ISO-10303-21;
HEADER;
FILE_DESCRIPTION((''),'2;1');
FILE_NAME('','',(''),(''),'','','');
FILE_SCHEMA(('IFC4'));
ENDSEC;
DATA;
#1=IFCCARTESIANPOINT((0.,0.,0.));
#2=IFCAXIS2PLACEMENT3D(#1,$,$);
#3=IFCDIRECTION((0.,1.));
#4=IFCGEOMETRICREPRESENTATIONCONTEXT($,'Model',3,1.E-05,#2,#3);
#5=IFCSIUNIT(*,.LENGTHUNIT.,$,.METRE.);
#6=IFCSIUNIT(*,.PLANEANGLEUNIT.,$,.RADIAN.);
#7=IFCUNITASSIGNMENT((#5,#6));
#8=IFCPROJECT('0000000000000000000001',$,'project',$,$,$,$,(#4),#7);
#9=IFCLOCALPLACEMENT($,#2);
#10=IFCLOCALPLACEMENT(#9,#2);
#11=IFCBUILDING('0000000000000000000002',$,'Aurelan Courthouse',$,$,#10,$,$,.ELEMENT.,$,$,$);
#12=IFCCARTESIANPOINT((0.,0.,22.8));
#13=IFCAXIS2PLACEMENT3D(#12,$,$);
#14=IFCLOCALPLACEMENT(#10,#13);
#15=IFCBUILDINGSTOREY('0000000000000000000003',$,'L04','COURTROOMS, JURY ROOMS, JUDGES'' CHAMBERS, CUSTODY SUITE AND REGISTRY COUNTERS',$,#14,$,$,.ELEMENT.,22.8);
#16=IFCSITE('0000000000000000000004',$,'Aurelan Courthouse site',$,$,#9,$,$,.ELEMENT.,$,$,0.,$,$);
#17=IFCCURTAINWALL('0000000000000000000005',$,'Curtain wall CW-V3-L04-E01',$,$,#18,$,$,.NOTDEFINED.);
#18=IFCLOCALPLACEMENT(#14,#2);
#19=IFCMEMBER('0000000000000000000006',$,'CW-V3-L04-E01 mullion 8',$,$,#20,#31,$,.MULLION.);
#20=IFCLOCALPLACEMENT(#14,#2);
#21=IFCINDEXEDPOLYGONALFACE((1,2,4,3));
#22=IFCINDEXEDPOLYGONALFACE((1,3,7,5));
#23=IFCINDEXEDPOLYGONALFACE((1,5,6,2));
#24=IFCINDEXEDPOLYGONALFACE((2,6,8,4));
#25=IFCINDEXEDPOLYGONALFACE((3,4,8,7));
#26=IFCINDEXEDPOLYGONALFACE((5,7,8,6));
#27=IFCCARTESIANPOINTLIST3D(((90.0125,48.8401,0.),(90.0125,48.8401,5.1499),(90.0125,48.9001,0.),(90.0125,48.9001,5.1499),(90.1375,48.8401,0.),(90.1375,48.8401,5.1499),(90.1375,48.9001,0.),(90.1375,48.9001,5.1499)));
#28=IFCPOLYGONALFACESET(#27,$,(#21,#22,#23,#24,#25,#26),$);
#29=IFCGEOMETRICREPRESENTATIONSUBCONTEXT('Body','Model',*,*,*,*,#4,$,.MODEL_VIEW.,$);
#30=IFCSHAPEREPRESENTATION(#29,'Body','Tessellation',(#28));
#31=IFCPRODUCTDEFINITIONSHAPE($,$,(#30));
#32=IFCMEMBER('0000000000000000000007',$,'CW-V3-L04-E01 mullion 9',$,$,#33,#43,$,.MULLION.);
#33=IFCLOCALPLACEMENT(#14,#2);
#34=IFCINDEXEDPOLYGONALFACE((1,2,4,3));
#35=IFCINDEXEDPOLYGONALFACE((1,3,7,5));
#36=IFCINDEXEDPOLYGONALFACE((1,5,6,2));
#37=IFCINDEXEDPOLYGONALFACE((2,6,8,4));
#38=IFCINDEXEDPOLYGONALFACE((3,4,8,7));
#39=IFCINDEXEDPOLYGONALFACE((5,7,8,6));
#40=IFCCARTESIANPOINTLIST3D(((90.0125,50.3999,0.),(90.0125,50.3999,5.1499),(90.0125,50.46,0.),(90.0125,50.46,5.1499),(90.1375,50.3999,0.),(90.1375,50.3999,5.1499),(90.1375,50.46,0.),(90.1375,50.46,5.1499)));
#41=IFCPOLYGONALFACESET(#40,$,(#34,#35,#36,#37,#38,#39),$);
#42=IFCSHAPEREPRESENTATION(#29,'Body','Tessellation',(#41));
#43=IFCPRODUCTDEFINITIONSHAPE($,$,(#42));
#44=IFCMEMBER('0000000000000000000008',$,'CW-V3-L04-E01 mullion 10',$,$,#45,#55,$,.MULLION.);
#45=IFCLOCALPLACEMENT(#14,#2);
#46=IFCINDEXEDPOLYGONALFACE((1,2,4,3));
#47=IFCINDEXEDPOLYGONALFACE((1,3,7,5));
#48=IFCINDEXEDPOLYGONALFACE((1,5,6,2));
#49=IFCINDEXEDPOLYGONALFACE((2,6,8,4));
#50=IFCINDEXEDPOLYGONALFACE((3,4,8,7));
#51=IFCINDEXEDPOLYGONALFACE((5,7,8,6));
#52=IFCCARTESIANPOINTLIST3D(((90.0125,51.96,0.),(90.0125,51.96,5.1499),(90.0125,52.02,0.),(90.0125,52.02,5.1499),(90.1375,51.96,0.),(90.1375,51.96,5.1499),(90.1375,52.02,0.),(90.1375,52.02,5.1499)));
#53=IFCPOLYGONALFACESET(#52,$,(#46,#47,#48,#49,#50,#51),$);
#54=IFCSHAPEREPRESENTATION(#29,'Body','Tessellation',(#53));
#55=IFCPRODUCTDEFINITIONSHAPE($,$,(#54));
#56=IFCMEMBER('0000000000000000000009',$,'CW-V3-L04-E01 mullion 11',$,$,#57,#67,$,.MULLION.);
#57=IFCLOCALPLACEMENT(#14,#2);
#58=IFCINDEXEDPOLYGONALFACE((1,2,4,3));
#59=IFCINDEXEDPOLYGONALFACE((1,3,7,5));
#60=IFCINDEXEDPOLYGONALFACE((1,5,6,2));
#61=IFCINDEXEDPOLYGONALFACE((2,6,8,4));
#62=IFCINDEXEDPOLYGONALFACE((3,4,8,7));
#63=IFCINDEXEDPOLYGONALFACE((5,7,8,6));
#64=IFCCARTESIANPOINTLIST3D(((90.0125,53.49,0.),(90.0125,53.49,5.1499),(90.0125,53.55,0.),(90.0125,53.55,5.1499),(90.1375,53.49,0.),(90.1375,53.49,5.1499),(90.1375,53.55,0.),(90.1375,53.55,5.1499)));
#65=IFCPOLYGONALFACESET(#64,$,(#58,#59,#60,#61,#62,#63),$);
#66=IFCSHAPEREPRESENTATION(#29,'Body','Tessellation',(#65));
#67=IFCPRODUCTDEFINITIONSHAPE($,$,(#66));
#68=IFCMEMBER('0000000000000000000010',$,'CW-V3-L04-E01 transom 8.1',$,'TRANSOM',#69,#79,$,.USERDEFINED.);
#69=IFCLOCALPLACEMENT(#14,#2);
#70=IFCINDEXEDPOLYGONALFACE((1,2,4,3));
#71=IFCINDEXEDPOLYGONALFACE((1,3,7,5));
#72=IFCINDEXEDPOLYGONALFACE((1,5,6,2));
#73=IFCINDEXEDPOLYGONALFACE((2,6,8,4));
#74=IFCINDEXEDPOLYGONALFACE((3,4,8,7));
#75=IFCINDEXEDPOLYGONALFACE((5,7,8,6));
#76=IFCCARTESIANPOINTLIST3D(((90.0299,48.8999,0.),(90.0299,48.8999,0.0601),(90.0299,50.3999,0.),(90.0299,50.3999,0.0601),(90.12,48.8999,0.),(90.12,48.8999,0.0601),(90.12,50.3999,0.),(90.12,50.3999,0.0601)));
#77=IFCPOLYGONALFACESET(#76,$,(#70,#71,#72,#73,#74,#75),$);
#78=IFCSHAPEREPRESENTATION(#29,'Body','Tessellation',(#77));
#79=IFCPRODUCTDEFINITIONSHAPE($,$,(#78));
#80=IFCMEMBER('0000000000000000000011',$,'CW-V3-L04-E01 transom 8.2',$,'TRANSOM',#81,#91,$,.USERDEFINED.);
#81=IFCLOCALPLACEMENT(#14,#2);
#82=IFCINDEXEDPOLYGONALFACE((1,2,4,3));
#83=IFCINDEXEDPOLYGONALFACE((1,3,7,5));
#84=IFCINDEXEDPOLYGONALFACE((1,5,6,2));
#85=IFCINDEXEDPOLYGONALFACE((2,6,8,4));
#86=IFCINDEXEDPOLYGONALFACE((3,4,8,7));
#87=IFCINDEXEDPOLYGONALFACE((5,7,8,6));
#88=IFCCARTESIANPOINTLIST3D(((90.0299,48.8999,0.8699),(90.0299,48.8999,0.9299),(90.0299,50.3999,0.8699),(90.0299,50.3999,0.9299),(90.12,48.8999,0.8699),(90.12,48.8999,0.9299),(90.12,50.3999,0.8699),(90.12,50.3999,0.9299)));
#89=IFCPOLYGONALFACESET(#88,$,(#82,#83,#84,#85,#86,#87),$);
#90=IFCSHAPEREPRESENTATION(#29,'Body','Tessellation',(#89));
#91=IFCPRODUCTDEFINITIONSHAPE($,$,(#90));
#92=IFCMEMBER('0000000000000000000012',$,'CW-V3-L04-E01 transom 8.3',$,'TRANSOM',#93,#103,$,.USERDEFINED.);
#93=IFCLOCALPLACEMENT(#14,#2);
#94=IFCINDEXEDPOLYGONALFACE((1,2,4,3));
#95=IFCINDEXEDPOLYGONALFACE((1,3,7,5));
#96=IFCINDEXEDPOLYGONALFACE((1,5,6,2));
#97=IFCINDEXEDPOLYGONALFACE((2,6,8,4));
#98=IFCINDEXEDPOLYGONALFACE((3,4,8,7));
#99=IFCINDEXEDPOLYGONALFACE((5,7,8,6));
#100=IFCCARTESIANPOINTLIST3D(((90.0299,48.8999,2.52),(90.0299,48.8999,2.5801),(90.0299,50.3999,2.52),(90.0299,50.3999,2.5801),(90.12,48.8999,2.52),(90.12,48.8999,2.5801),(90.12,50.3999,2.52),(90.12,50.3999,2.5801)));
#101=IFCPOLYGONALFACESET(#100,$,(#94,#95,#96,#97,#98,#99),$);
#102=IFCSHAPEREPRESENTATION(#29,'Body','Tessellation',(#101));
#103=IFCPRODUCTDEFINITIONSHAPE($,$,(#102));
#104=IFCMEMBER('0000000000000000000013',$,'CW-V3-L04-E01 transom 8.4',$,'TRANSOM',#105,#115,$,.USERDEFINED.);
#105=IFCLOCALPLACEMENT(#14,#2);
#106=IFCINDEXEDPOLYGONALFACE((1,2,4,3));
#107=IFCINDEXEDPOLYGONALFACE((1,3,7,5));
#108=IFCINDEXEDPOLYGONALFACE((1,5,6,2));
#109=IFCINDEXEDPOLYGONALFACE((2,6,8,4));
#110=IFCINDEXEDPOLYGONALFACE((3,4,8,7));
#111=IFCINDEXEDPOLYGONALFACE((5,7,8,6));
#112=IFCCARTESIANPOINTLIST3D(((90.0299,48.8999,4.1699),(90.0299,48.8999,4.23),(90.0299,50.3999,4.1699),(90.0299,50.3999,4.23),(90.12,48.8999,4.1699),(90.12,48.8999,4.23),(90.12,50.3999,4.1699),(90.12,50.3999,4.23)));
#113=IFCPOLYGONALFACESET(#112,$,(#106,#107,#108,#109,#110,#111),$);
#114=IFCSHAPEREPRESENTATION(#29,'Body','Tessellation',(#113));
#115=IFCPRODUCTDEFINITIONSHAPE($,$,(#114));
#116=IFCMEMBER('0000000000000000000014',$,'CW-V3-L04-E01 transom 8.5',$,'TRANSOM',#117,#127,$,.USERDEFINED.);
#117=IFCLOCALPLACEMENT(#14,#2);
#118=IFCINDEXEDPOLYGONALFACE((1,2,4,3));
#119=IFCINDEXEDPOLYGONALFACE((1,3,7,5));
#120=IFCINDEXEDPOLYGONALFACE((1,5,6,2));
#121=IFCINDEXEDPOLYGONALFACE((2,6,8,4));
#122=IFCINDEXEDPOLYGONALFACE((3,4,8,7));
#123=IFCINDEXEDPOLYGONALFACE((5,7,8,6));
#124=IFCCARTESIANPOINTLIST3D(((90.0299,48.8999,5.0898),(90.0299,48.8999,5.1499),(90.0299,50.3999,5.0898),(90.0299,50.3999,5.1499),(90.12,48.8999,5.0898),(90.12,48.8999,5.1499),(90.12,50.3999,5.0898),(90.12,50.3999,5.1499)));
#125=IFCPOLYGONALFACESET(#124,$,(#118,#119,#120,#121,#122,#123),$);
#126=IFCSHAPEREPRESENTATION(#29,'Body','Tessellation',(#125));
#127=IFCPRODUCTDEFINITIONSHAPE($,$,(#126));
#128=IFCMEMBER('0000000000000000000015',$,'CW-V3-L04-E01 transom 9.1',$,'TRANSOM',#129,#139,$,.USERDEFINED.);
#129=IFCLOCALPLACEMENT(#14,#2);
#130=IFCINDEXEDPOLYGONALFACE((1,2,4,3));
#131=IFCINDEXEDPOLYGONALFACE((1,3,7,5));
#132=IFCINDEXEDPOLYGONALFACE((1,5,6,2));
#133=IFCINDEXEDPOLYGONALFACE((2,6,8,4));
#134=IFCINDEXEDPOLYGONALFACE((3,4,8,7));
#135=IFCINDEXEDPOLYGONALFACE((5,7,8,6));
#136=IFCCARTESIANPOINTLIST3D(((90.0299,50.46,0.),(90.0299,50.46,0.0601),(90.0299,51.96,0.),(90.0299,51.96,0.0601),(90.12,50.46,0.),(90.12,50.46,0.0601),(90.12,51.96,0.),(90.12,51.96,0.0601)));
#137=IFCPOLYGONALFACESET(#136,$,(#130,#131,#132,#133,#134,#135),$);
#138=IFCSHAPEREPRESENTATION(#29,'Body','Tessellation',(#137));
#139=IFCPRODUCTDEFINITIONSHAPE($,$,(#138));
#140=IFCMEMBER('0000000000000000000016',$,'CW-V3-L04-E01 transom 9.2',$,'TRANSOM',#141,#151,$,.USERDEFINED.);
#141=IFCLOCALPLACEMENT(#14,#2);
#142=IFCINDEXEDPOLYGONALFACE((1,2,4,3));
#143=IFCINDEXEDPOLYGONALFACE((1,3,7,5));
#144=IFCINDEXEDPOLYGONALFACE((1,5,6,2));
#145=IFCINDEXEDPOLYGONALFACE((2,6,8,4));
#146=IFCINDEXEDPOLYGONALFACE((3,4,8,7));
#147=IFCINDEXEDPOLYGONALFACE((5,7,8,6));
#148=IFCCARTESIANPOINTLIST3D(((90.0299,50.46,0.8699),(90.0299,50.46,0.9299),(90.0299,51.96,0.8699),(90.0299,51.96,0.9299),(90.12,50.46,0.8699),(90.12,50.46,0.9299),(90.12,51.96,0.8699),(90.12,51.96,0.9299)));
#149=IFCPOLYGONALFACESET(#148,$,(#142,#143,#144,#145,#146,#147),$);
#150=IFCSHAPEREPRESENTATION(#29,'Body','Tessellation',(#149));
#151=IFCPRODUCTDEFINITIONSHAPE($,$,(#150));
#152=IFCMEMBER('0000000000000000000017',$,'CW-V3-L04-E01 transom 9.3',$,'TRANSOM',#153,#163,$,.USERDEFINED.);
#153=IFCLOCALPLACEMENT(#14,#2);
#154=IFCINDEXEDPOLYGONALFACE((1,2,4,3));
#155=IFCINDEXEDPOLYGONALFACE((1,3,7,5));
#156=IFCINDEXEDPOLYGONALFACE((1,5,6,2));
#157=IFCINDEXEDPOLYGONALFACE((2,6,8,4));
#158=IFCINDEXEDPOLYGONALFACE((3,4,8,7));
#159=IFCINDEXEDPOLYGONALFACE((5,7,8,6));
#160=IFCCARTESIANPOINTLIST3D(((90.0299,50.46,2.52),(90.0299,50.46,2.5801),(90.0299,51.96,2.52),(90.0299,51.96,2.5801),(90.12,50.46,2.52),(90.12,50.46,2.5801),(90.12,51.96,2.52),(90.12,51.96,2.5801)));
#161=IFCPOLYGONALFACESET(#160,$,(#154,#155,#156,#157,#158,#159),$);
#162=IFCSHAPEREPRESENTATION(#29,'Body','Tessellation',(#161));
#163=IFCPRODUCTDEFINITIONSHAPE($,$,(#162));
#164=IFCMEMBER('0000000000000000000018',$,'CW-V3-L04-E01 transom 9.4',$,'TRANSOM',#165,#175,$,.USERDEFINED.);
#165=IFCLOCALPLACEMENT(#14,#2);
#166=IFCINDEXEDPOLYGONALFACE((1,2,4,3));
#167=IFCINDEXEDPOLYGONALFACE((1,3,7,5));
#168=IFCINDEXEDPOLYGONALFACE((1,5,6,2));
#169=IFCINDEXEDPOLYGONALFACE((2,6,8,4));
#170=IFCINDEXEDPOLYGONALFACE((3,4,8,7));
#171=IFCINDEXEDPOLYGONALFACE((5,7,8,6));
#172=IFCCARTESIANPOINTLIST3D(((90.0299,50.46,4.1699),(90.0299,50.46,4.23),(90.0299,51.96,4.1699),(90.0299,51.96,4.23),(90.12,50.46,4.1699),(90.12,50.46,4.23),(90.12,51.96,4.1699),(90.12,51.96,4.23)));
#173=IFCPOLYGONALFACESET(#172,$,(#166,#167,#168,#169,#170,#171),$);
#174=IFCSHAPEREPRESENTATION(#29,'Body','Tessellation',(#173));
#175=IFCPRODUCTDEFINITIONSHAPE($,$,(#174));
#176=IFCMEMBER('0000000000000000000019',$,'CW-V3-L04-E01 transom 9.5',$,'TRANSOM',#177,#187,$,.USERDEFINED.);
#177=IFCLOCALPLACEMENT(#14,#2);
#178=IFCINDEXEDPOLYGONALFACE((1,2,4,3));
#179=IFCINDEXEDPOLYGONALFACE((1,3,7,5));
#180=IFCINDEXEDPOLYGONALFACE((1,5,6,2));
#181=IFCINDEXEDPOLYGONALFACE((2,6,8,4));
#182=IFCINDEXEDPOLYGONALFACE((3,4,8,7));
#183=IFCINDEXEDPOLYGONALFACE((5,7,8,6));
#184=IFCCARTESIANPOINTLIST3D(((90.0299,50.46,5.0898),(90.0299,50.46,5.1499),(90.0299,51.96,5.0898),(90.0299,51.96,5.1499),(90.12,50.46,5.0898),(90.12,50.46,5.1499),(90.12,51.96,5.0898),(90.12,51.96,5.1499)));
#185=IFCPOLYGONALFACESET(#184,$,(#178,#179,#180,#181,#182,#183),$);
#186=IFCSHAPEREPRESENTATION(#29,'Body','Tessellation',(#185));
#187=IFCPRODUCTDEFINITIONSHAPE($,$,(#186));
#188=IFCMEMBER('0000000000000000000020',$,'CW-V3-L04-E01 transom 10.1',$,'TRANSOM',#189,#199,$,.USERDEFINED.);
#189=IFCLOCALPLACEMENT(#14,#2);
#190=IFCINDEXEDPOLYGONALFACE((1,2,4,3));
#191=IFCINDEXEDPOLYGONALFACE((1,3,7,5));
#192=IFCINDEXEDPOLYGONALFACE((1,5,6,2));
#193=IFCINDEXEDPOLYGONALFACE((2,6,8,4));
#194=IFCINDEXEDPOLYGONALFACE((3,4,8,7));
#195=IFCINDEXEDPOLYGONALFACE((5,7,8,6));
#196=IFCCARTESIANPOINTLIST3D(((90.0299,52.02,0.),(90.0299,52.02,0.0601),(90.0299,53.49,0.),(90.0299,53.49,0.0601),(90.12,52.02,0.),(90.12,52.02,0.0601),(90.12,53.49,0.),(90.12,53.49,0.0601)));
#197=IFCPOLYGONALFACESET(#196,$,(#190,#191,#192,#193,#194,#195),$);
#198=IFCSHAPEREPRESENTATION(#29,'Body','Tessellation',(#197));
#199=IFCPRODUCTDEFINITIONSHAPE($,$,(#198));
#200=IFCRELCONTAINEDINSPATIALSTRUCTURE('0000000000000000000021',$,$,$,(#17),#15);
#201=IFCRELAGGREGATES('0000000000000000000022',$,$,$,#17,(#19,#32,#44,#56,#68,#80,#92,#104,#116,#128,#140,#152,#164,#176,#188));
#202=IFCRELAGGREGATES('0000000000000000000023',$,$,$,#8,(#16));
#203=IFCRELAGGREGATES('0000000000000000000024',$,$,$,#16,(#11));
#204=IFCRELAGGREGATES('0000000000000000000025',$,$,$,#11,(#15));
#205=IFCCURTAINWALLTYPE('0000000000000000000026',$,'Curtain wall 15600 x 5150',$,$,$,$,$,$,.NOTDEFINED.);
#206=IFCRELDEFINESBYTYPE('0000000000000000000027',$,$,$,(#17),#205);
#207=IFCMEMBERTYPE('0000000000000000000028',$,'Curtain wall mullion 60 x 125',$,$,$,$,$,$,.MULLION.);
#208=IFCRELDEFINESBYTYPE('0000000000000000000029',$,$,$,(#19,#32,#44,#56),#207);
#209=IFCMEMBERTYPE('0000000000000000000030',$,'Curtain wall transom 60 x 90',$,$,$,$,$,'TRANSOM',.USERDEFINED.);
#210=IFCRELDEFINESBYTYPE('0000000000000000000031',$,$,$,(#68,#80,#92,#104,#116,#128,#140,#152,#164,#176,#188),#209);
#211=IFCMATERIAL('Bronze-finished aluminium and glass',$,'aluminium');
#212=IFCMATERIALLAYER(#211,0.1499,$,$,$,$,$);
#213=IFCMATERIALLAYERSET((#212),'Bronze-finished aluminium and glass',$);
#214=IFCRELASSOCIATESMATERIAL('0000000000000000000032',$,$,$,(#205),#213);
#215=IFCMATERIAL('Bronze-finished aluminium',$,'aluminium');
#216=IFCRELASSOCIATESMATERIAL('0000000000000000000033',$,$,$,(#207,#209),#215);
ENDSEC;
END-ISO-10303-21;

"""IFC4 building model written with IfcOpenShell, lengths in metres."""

from ifc_helpers import new_model, si_unit, direction, frame, origin, origin_2d, place, context, subcontext, project, spatial, rectangle, extrude, material, layer, layer_set, material_profile, profile_set, type_object, element, aggregate, save


model = new_model("IFC4")

# Units and contexts
model_context = context("Model", 3, precision=1e-05, world=origin(), true_north=direction((0.0, 1.0)))
body_context = subcontext(model_context, "Body", "Model", "MODEL_VIEW")
ifc_project = project(units=[si_unit("LENGTHUNIT", "METRE"), si_unit("PLANEANGLEUNIT", "RADIAN")], contexts=[model_context])

# Site, building, storey
site_placement = place(None, origin())
site = spatial("IfcSite", under=ifc_project, at=site_placement, Name="Aurelan Courthouse site", CompositionType="ELEMENT", RefElevation=0.0)
building_placement = place(site_placement, origin())
building = spatial("IfcBuilding", under=site, at=building_placement, Name="Aurelan Courthouse", CompositionType="ELEMENT")
storey_placement = place(building_placement, frame((0.0, 0.0, 22.8)))
storey = spatial("IfcBuildingStorey", under=building, at=storey_placement, Name="L04", Description="COURTROOMS, JURY ROOMS, JUDGES' CHAMBERS, CUSTODY SUITE AND REGISTRY COUNTERS", CompositionType="ELEMENT", Elevation=22.8)

# Curtain wall, members
ifc_material_1 = material(Name="Bronze-finished aluminium and glass", Category="aluminium")
ifc_layer_1 = layer(ifc_material_1, 0.1499)
ifc_layer_set_1 = layer_set([ifc_layer_1], Name="Bronze-finished aluminium and glass")
curtain_wall_type = type_object("IfcCurtainWallType", Name="Curtain wall 15600 x 5150", PredefinedType="NOTDEFINED", material=ifc_layer_set_1)
curtain_wall_placement = place(storey_placement, origin())
curtain_wall = element("IfcCurtainWall", 1, at=curtain_wall_placement, inside=storey, type_object=curtain_wall_type, Name="Curtain wall CW-V3-L04-E01", PredefinedType="NOTDEFINED")
ifc_material_2 = material(Name="Bronze-finished aluminium", Category="aluminium")
ifc_material_profile_1 = material_profile(ifc_material_2, rectangle(XDim=0.125, YDim=0.0601, at=origin_2d()), Name="Bronze mullion 60 x 125")
ifc_profile_set_1 = profile_set([ifc_material_profile_1], Name="Bronze-finished aluminium")
member_type_1 = type_object("IfcMemberType", Name="Curtain wall mullion 60 x 125", PredefinedType="MULLION", material=ifc_profile_set_1)
member_1_placement = place(storey_placement, frame((90.075, 48.8701, 0.0), z_axis=(0.0, 0.0, 1.0), x_axis=(-1.0, 0.0, 0.0)))
member_1 = element("IfcMember", 2, at=member_1_placement, type_object=member_type_1, Name="CW-V3-L04-E01 mullion 8", PredefinedType="MULLION", context=body_context, shape_type="SweptSolid", body=[
    extrude(rectangle(XDim=0.125, YDim=0.0601, at=origin_2d()), origin(), (0.0, 0.0, 1.0), 5.1499),
])
member_2_placement = place(storey_placement, frame((90.075, 50.4299, 0.0), z_axis=(0.0, 0.0, 1.0), x_axis=(-1.0, 0.0, 0.0)))
member_2 = element("IfcMember", 3, at=member_2_placement, type_object=member_type_1, Name="CW-V3-L04-E01 mullion 9", PredefinedType="MULLION", context=body_context, shape_type="SweptSolid", body=[
    extrude(rectangle(XDim=0.125, YDim=0.0601, at=origin_2d()), origin(), (0.0, 0.0, 1.0), 5.1499),
])
member_3_placement = place(storey_placement, frame((90.075, 51.99, 0.0), z_axis=(0.0, 0.0, 1.0), x_axis=(-1.0, 0.0, 0.0)))
member_3 = element("IfcMember", 4, at=member_3_placement, type_object=member_type_1, Name="CW-V3-L04-E01 mullion 10", PredefinedType="MULLION", context=body_context, shape_type="SweptSolid", body=[
    extrude(rectangle(XDim=0.125, YDim=0.0601, at=origin_2d()), origin(), (0.0, 0.0, 1.0), 5.1499),
])
member_4_placement = place(storey_placement, frame((90.075, 53.52, 0.0), z_axis=(0.0, 0.0, 1.0), x_axis=(-1.0, 0.0, 0.0)))
member_4 = element("IfcMember", 5, at=member_4_placement, type_object=member_type_1, Name="CW-V3-L04-E01 mullion 11", PredefinedType="MULLION", context=body_context, shape_type="SweptSolid", body=[
    extrude(rectangle(XDim=0.125, YDim=0.0601, at=origin_2d()), origin(), (0.0, 0.0, 1.0), 5.1499),
])
ifc_material_profile_2 = material_profile(ifc_material_2, rectangle(XDim=0.0901, YDim=0.0601, at=origin_2d()), Name="Bronze transom 60 x 90")
ifc_profile_set_2 = profile_set([ifc_material_profile_2], Name="Bronze-finished aluminium")
member_type_2 = type_object("IfcMemberType", Name="Curtain wall transom 60 x 90", ElementType="TRANSOM", PredefinedType="USERDEFINED", material=ifc_profile_set_2)
member_5_placement = place(storey_placement, frame((90.075, 48.8999, 0.03), z_axis=(0.0, 1.0, 0.0), x_axis=(-1.0, 0.0, 0.0)))
member_5 = element("IfcMember", 6, at=member_5_placement, type_object=member_type_2, Name="CW-V3-L04-E01 transom 8.1", ObjectType="TRANSOM", PredefinedType="USERDEFINED", context=body_context, shape_type="SweptSolid", body=[
    extrude(rectangle(XDim=0.0901, YDim=0.0601, at=origin_2d()), origin(), (0.0, 0.0, 1.0), 1.5),
])
member_6_placement = place(storey_placement, frame((90.075, 48.8999, 0.8999), z_axis=(0.0, 1.0, 0.0), x_axis=(-1.0, 0.0, 0.0)))
member_6 = element("IfcMember", 7, at=member_6_placement, type_object=member_type_2, Name="CW-V3-L04-E01 transom 8.2", ObjectType="TRANSOM", PredefinedType="USERDEFINED", context=body_context, shape_type="SweptSolid", body=[
    extrude(rectangle(XDim=0.0901, YDim=0.0601, at=origin_2d()), origin(), (0.0, 0.0, 1.0), 1.5),
])
member_7_placement = place(storey_placement, frame((90.075, 48.8999, 2.55), z_axis=(0.0, 1.0, 0.0), x_axis=(-1.0, 0.0, 0.0)))
member_7 = element("IfcMember", 8, at=member_7_placement, type_object=member_type_2, Name="CW-V3-L04-E01 transom 8.3", ObjectType="TRANSOM", PredefinedType="USERDEFINED", context=body_context, shape_type="SweptSolid", body=[
    extrude(rectangle(XDim=0.0901, YDim=0.0601, at=origin_2d()), origin(), (0.0, 0.0, 1.0), 1.5),
])
member_8_placement = place(storey_placement, frame((90.075, 48.8999, 4.2), z_axis=(0.0, 1.0, 0.0), x_axis=(-1.0, 0.0, 0.0)))
member_8 = element("IfcMember", 9, at=member_8_placement, type_object=member_type_2, Name="CW-V3-L04-E01 transom 8.4", ObjectType="TRANSOM", PredefinedType="USERDEFINED", context=body_context, shape_type="SweptSolid", body=[
    extrude(rectangle(XDim=0.0901, YDim=0.0601, at=origin_2d()), origin(), (0.0, 0.0, 1.0), 1.5),
])
member_9_placement = place(storey_placement, frame((90.075, 48.8999, 5.1199), z_axis=(0.0, 1.0, 0.0), x_axis=(-1.0, 0.0, 0.0)))
member_9 = element("IfcMember", 10, at=member_9_placement, type_object=member_type_2, Name="CW-V3-L04-E01 transom 8.5", ObjectType="TRANSOM", PredefinedType="USERDEFINED", context=body_context, shape_type="SweptSolid", body=[
    extrude(rectangle(XDim=0.0901, YDim=0.0601, at=origin_2d()), origin(), (0.0, 0.0, 1.0), 1.5),
])
member_10_placement = place(storey_placement, frame((90.075, 50.46, 0.03), z_axis=(0.0, 1.0, 0.0), x_axis=(-1.0, 0.0, 0.0)))
member_10 = element("IfcMember", 11, at=member_10_placement, type_object=member_type_2, Name="CW-V3-L04-E01 transom 9.1", ObjectType="TRANSOM", PredefinedType="USERDEFINED", context=body_context, shape_type="SweptSolid", body=[
    extrude(rectangle(XDim=0.0901, YDim=0.0601, at=origin_2d()), origin(), (0.0, 0.0, 1.0), 1.5),
])
member_11_placement = place(storey_placement, frame((90.075, 50.46, 0.8999), z_axis=(0.0, 1.0, 0.0), x_axis=(-1.0, 0.0, 0.0)))
member_11 = element("IfcMember", 12, at=member_11_placement, type_object=member_type_2, Name="CW-V3-L04-E01 transom 9.2", ObjectType="TRANSOM", PredefinedType="USERDEFINED", context=body_context, shape_type="SweptSolid", body=[
    extrude(rectangle(XDim=0.0901, YDim=0.0601, at=origin_2d()), origin(), (0.0, 0.0, 1.0), 1.5),
])
member_12_placement = place(storey_placement, frame((90.075, 50.46, 2.55), z_axis=(0.0, 1.0, 0.0), x_axis=(-1.0, 0.0, 0.0)))
member_12 = element("IfcMember", 13, at=member_12_placement, type_object=member_type_2, Name="CW-V3-L04-E01 transom 9.3", ObjectType="TRANSOM", PredefinedType="USERDEFINED", context=body_context, shape_type="SweptSolid", body=[
    extrude(rectangle(XDim=0.0901, YDim=0.0601, at=origin_2d()), origin(), (0.0, 0.0, 1.0), 1.5),
])
member_13_placement = place(storey_placement, frame((90.075, 50.46, 4.2), z_axis=(0.0, 1.0, 0.0), x_axis=(-1.0, 0.0, 0.0)))
member_13 = element("IfcMember", 14, at=member_13_placement, type_object=member_type_2, Name="CW-V3-L04-E01 transom 9.4", ObjectType="TRANSOM", PredefinedType="USERDEFINED", context=body_context, shape_type="SweptSolid", body=[
    extrude(rectangle(XDim=0.0901, YDim=0.0601, at=origin_2d()), origin(), (0.0, 0.0, 1.0), 1.5),
])
member_14_placement = place(storey_placement, frame((90.075, 50.46, 5.1199), z_axis=(0.0, 1.0, 0.0), x_axis=(-1.0, 0.0, 0.0)))
member_14 = element("IfcMember", 15, at=member_14_placement, type_object=member_type_2, Name="CW-V3-L04-E01 transom 9.5", ObjectType="TRANSOM", PredefinedType="USERDEFINED", context=body_context, shape_type="SweptSolid", body=[
    extrude(rectangle(XDim=0.0901, YDim=0.0601, at=origin_2d()), origin(), (0.0, 0.0, 1.0), 1.5),
])
member_15_placement = place(storey_placement, frame((90.075, 52.02, 0.03), z_axis=(0.0, 1.0, 0.0), x_axis=(-1.0, 0.0, 0.0)))
member_15 = element("IfcMember", 16, at=member_15_placement, type_object=member_type_2, Name="CW-V3-L04-E01 transom 10.1", ObjectType="TRANSOM", PredefinedType="USERDEFINED", context=body_context, shape_type="SweptSolid", body=[
    extrude(rectangle(XDim=0.0901, YDim=0.0601, at=origin_2d()), origin(), (0.0, 0.0, 1.0), 1.47),
])
aggregate(curtain_wall, [member_1, member_2, member_3, member_4, member_5, member_6, member_7, member_8, member_9, member_10, member_11, member_12, member_13, member_14, member_15])

save(model, "model.ifc")
